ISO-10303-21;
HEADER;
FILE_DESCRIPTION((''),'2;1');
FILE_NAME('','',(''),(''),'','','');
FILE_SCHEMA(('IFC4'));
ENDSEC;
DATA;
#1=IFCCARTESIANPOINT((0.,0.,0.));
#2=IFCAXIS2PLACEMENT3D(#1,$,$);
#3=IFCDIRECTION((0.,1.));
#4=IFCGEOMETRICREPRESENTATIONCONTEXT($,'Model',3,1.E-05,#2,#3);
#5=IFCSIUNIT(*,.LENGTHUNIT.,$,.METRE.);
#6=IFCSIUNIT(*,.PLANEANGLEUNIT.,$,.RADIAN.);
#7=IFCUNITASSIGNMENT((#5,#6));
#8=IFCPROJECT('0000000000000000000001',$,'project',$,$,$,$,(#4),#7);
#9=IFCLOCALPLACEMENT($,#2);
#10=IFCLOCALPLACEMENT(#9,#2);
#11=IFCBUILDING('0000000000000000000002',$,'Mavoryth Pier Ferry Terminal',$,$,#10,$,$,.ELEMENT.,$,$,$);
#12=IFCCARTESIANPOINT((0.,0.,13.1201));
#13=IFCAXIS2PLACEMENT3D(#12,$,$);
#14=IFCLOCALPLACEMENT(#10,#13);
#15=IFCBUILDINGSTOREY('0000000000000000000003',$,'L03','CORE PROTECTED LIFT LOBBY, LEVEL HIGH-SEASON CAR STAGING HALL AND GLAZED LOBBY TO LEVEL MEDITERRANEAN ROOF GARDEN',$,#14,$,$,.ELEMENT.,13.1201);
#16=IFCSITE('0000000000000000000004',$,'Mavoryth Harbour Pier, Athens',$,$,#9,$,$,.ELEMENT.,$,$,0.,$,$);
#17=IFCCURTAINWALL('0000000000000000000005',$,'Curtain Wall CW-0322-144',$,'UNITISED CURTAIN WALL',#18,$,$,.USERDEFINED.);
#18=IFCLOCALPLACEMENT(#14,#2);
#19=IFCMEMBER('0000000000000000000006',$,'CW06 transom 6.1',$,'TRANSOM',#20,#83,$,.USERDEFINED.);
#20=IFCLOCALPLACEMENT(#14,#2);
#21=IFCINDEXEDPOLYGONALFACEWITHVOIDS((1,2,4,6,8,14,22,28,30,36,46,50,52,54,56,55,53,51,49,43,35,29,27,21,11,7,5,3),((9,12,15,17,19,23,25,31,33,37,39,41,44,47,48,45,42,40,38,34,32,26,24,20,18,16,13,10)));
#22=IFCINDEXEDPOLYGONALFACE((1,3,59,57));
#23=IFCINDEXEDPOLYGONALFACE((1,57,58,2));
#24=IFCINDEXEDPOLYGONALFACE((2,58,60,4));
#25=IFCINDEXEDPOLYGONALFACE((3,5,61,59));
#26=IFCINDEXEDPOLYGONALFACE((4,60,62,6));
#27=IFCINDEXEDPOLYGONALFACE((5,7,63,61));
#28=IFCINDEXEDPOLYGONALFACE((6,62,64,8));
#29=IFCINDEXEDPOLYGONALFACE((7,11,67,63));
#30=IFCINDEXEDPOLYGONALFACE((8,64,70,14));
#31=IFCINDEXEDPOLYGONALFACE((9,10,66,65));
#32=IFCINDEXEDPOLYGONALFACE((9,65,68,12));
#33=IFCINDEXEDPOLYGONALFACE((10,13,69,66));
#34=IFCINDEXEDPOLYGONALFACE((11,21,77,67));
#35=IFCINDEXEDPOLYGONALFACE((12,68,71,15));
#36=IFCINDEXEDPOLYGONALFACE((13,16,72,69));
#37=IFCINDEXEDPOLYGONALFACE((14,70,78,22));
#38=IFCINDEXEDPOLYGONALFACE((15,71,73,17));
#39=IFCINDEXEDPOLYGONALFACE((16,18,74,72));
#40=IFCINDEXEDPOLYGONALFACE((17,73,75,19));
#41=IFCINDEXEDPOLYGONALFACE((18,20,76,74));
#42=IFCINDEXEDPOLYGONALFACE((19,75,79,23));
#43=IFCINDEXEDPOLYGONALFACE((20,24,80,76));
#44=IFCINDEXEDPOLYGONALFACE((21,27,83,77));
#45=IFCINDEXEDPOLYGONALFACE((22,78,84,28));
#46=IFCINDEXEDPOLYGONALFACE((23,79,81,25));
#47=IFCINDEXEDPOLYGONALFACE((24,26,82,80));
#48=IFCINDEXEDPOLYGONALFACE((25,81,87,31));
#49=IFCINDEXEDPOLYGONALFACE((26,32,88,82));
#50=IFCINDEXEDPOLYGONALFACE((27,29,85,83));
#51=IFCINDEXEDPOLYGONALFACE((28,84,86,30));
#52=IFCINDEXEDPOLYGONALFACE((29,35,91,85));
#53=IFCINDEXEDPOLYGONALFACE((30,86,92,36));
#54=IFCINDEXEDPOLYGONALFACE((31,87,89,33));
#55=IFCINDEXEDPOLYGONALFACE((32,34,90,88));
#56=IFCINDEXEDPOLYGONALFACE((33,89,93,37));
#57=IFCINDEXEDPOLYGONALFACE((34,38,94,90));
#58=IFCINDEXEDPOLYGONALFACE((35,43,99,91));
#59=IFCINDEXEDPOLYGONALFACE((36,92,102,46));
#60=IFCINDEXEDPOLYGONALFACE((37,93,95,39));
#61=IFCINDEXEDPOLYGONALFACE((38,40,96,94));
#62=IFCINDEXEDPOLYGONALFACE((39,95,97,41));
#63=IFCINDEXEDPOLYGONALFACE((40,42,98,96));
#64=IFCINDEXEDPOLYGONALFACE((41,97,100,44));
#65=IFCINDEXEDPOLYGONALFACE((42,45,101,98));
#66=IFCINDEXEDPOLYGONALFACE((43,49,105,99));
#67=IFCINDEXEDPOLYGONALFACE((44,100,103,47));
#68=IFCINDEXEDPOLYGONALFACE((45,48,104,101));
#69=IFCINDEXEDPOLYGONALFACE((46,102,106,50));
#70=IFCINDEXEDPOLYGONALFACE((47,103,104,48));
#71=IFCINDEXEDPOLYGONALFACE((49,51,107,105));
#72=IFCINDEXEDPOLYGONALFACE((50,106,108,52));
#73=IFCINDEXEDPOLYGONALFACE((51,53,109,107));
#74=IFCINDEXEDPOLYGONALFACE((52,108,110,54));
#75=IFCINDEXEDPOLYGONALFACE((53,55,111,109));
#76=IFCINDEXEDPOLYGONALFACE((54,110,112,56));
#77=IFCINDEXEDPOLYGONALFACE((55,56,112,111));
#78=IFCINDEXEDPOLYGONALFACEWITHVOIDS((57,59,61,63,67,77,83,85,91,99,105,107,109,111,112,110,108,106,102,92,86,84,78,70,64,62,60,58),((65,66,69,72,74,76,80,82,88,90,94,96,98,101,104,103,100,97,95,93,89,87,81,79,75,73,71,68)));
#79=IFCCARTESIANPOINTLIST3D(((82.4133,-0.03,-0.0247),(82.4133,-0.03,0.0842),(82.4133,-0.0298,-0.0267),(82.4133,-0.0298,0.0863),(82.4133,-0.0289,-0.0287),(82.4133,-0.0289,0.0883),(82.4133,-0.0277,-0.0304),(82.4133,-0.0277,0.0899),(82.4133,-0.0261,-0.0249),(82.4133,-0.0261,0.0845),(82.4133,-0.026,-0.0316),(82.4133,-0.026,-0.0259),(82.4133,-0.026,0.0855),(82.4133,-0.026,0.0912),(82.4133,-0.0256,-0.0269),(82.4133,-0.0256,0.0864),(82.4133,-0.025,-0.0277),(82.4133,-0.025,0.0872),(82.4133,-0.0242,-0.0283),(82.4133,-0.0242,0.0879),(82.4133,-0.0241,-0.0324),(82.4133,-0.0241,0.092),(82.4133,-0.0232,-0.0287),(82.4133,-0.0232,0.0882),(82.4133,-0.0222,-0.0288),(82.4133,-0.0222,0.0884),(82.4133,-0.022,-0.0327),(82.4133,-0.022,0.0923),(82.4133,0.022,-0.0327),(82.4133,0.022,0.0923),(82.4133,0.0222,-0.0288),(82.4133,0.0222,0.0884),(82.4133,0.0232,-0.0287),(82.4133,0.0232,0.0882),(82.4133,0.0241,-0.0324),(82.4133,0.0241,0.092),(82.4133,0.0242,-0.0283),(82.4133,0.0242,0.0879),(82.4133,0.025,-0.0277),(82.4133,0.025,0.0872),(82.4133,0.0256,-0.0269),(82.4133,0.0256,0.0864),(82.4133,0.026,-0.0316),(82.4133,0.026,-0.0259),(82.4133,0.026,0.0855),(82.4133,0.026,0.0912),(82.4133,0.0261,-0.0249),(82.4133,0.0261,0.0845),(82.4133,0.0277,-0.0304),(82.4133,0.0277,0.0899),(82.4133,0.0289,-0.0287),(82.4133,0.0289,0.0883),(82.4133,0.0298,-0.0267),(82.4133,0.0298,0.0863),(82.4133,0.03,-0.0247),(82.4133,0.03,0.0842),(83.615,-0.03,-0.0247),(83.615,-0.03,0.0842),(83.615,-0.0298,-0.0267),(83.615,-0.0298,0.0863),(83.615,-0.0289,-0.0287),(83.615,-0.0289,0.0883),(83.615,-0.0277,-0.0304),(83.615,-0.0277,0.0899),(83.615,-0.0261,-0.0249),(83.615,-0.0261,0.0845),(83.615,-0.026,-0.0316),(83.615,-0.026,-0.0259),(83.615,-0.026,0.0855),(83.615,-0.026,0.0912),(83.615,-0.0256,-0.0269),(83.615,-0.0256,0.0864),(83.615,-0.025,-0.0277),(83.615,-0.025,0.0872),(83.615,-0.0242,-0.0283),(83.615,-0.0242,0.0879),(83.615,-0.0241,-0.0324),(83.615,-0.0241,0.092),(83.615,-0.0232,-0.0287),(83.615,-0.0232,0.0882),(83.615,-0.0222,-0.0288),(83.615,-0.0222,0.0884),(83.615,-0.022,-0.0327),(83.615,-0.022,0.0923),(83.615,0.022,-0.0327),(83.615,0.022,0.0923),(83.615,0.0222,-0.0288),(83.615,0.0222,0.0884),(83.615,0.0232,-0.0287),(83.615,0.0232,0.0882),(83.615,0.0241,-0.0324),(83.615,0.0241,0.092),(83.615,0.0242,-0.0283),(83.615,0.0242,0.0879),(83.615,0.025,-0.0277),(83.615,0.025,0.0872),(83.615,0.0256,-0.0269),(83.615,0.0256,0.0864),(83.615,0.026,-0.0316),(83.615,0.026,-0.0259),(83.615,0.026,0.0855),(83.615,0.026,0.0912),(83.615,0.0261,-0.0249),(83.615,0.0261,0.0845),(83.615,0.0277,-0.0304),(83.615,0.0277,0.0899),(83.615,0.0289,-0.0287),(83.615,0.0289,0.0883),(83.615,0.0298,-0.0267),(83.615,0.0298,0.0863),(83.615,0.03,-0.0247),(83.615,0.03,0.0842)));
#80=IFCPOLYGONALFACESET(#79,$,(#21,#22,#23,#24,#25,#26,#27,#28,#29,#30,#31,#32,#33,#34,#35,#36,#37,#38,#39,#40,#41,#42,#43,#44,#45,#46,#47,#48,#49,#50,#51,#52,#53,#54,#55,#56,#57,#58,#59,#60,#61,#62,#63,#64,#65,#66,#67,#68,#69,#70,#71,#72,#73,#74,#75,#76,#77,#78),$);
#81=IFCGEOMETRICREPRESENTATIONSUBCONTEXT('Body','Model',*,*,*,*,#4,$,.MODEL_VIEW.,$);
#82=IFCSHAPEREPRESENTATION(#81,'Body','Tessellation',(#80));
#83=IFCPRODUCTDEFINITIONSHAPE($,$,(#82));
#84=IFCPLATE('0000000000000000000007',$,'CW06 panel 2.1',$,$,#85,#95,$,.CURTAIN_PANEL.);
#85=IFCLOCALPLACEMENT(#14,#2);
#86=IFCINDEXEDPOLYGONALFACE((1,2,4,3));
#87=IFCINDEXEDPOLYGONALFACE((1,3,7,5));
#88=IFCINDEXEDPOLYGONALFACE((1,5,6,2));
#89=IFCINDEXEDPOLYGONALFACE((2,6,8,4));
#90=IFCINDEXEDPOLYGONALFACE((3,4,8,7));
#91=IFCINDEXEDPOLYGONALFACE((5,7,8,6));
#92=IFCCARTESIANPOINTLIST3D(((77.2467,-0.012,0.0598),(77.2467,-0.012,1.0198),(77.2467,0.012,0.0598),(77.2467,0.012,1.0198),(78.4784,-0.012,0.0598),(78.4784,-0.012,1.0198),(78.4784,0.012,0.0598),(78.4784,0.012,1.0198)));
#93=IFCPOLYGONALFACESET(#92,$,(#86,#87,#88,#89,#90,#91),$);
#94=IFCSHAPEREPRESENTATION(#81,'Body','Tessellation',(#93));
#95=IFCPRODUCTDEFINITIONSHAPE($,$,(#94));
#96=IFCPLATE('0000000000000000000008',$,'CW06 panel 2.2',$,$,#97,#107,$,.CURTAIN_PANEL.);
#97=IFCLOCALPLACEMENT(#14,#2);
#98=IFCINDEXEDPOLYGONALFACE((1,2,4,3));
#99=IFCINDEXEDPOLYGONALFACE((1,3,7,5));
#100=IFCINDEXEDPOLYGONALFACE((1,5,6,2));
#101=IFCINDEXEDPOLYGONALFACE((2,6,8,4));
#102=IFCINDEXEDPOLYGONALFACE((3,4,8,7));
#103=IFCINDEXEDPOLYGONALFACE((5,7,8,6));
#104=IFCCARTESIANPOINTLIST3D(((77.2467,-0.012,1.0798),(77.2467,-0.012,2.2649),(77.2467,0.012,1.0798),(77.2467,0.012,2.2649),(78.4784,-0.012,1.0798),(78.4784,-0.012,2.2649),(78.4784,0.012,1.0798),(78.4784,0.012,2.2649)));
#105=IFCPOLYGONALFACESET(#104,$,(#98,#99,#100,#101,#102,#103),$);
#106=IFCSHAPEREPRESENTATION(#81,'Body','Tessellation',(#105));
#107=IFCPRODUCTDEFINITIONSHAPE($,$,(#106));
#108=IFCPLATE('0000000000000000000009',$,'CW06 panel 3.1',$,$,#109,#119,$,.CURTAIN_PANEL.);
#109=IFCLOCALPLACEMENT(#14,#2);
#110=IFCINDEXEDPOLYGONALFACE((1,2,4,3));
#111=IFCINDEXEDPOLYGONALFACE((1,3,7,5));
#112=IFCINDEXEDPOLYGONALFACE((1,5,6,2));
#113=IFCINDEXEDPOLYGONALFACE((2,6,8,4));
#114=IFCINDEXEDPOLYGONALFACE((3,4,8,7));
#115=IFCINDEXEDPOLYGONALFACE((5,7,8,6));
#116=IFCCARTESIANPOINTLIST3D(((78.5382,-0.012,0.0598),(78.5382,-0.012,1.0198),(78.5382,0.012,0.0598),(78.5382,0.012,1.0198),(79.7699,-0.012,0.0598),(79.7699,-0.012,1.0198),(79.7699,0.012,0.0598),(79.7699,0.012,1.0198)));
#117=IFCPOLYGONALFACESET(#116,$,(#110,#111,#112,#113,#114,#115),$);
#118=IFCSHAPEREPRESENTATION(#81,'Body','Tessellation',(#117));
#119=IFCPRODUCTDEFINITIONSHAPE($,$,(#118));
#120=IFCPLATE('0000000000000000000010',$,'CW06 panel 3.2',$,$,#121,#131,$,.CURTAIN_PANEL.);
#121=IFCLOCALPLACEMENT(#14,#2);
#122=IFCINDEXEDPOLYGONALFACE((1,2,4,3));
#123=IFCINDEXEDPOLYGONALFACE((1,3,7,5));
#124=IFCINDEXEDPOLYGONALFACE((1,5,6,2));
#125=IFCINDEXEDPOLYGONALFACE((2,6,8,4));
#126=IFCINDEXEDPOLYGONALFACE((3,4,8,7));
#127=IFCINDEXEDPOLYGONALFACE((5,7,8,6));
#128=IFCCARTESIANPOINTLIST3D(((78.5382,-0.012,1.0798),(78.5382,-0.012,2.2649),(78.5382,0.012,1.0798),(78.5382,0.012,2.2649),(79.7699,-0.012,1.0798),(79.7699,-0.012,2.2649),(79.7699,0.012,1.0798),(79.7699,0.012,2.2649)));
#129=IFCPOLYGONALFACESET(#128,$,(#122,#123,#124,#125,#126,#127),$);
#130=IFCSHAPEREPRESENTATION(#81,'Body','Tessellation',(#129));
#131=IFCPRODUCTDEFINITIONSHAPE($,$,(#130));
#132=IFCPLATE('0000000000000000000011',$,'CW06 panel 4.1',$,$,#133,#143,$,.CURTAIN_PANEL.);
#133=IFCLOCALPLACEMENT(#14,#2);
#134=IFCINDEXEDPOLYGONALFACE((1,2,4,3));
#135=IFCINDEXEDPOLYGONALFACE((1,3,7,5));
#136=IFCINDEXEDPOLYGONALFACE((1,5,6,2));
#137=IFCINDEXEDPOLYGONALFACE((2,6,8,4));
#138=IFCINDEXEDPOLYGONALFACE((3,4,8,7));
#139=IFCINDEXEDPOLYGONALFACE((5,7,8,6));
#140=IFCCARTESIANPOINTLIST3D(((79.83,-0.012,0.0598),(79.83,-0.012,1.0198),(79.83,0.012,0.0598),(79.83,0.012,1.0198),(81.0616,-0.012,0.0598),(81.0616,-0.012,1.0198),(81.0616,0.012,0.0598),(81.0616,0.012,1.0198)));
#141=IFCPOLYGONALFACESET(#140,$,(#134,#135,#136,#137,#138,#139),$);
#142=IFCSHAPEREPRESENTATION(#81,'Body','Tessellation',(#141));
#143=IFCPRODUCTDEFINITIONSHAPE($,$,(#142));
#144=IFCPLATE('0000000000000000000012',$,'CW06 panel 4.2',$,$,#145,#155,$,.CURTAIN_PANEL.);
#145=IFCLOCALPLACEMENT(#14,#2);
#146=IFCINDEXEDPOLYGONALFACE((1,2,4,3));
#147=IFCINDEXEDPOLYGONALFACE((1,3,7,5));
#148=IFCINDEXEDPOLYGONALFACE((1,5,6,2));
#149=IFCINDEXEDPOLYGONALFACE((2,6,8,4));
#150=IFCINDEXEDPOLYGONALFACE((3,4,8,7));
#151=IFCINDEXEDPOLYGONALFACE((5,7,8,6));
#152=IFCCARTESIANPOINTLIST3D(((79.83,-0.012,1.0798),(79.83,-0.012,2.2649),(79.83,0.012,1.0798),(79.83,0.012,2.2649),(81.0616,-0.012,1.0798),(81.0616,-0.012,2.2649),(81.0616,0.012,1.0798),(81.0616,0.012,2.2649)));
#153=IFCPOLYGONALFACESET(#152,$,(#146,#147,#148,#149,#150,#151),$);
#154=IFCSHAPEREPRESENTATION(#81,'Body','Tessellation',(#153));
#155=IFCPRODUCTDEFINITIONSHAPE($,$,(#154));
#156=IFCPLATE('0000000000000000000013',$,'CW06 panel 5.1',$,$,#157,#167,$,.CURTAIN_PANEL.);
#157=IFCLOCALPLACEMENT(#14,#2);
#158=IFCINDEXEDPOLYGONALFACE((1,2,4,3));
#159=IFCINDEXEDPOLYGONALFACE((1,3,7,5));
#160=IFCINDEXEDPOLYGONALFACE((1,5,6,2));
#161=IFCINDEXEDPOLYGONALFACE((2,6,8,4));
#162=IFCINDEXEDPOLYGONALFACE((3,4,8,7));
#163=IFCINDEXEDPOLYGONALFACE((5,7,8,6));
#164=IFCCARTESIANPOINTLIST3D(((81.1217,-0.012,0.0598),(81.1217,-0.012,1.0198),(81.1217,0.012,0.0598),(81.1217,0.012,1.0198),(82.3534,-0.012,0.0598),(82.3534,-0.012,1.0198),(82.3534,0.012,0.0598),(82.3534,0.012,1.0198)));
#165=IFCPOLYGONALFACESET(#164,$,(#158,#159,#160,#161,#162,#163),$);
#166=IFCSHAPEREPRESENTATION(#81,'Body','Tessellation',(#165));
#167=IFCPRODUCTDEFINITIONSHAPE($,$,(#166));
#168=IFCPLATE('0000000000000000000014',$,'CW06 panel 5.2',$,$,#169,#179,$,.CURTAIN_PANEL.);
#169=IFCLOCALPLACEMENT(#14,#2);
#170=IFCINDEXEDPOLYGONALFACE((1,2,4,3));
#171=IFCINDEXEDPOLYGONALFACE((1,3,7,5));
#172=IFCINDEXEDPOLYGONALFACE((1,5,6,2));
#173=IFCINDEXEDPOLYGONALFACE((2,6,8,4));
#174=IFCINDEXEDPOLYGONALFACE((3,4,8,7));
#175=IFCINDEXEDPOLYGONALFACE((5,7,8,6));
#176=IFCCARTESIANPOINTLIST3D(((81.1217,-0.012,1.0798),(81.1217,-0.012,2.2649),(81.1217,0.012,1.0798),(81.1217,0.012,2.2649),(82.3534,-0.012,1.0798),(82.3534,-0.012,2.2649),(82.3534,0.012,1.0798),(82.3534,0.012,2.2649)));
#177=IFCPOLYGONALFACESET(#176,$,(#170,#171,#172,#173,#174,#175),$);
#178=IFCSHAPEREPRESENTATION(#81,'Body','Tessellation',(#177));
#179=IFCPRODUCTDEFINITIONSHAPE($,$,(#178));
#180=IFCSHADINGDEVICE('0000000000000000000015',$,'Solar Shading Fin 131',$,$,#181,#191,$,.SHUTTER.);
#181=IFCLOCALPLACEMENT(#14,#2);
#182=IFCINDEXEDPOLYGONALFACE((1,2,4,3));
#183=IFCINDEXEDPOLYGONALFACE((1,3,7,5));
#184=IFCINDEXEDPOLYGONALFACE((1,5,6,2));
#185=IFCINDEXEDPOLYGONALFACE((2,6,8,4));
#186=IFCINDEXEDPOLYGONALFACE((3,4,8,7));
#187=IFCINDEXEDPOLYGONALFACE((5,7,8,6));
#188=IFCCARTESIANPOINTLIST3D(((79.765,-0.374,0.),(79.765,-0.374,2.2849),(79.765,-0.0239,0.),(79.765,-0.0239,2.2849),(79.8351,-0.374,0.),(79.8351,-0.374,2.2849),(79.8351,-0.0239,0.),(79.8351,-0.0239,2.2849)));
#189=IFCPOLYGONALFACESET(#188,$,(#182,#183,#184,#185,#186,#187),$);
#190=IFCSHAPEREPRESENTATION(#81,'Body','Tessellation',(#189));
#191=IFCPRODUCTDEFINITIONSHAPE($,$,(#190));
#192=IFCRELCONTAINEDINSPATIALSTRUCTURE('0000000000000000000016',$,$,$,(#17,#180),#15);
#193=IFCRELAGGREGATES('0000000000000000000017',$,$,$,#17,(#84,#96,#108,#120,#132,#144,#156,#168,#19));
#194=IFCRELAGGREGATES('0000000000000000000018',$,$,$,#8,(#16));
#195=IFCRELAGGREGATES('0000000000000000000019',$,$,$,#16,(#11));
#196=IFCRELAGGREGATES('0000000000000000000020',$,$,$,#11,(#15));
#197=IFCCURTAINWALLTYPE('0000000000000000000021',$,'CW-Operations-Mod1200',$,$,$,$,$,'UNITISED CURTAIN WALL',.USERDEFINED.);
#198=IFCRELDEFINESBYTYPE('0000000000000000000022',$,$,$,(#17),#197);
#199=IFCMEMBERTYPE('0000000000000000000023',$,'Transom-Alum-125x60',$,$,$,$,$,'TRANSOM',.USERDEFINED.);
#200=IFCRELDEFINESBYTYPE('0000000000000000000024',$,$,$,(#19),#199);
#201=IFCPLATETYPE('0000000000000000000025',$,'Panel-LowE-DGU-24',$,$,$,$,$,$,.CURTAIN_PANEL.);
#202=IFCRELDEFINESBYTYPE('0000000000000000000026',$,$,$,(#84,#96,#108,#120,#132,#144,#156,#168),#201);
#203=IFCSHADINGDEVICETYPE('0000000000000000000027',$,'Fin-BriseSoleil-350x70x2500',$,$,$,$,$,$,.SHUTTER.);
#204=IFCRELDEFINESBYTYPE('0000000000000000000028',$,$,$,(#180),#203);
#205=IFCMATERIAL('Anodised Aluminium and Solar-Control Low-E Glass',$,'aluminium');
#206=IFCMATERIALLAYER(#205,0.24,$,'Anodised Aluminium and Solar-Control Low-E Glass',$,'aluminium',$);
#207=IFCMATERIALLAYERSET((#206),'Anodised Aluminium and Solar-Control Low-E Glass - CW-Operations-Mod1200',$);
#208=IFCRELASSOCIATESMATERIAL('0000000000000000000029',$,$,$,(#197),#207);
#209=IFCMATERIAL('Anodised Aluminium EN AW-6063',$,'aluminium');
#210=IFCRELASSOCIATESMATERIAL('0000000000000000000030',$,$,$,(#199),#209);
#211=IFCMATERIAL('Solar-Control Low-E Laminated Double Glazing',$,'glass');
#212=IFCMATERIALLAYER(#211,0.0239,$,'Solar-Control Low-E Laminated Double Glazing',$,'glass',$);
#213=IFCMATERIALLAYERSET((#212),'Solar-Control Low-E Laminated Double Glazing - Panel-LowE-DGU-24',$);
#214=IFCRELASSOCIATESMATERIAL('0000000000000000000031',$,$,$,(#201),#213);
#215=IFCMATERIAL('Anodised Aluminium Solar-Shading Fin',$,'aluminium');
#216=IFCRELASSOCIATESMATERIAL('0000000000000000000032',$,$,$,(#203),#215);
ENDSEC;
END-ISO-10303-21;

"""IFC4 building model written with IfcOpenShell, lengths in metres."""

from ifc_helpers import new_model, si_unit, direction, frame, origin, origin_2d, place, context, subcontext, project, spatial, rectangle, hollow_rectangle, extrude, material, layer, layer_set, material_profile, profile_set, type_object, element, aggregate, save


model = new_model("IFC4")

# Units and contexts
model_context = context("Model", 3, precision=1e-05, world=origin(), true_north=direction((0.0, 1.0)))
body_context = subcontext(model_context, "Body", "Model", "MODEL_VIEW")
ifc_project = project(units=[si_unit("LENGTHUNIT", "METRE"), si_unit("PLANEANGLEUNIT", "RADIAN")], contexts=[model_context])

# Site, building, storey
site_placement = place(None, origin())
site = spatial("IfcSite", under=ifc_project, at=site_placement, Name="Mavoryth Harbour Pier, Athens", CompositionType="ELEMENT", RefElevation=0.0)
building_placement = place(site_placement, origin())
building = spatial("IfcBuilding", under=site, at=building_placement, Name="Mavoryth Pier Ferry Terminal", CompositionType="ELEMENT")
storey_placement = place(building_placement, frame((0.0, 0.0, 13.1201)))
storey = spatial("IfcBuildingStorey", under=building, at=storey_placement, Name="L03", Description="CORE PROTECTED LIFT LOBBY, LEVEL HIGH-SEASON CAR STAGING HALL AND GLAZED LOBBY TO LEVEL MEDITERRANEAN ROOF GARDEN", CompositionType="ELEMENT", Elevation=13.1201)

# Curtain wall, member, plates
ifc_material_1 = material(Name="Anodised Aluminium and Solar-Control Low-E Glass", Category="aluminium")
ifc_layer_1 = layer(ifc_material_1, 0.24, Name="Anodised Aluminium and Solar-Control Low-E Glass", Category="aluminium")
ifc_layer_set_1 = layer_set([ifc_layer_1], Name="Anodised Aluminium and Solar-Control Low-E Glass - CW-Operations-Mod1200")
curtain_wall_type = type_object("IfcCurtainWallType", Name="CW-Operations-Mod1200", ElementType="UNITISED CURTAIN WALL", PredefinedType="USERDEFINED", material=ifc_layer_set_1)
curtain_wall_placement = place(storey_placement, origin())
curtain_wall = element("IfcCurtainWall", 1, at=curtain_wall_placement, inside=storey, type_object=curtain_wall_type, Name="Curtain Wall CW-0322-144", ObjectType="UNITISED CURTAIN WALL", PredefinedType="USERDEFINED")
ifc_material_2 = material(Name="Anodised Aluminium EN AW-6063", Category="aluminium")
ifc_material_profile_1 = material_profile(ifc_material_2, hollow_rectangle(XDim=0.0601, YDim=0.125, WallThickness=0.0039, InnerFilletRadius=0.0039, OuterFilletRadius=0.0081, at=origin_2d()), Name="AL-TRAN 125x60x4", Category="aluminium")
ifc_profile_set_1 = profile_set([ifc_material_profile_1], Name="Anodised Aluminium EN AW-6063 - AL-TRAN 125x60x4")
member_type_1 = type_object("IfcMemberType", Name="Transom-Alum-125x60", ElementType="TRANSOM", PredefinedType="USERDEFINED", material=ifc_profile_set_1)
member_1_placement = place(storey_placement, frame((82.4133, 0.0, 0.0298), z_axis=(1.0, 0.0, 0.0), x_axis=(0.0, 1.0, 0.0)))
member_1 = element("IfcMember", 2, at=member_1_placement, type_object=member_type_1, Name="CW06 transom 6.1", ObjectType="TRANSOM", PredefinedType="USERDEFINED", context=body_context, shape_type="SweptSolid", body=[
    extrude(hollow_rectangle(XDim=0.0601, YDim=0.125, WallThickness=0.0039, InnerFilletRadius=0.0039, OuterFilletRadius=0.0081, at=origin_2d()), origin(), (0.0, 0.0, 1.0), 1.2017),
])
ifc_material_3 = material(Name="Solar-Control Low-E Laminated Double Glazing", Category="glass")
ifc_layer_2 = layer(ifc_material_3, 0.0239, Name="Solar-Control Low-E Laminated Double Glazing", Category="glass")
ifc_layer_set_2 = layer_set([ifc_layer_2], Name="Solar-Control Low-E Laminated Double Glazing - Panel-LowE-DGU-24")
plate_type = type_object("IfcPlateType", Name="Panel-LowE-DGU-24", PredefinedType="CURTAIN_PANEL", material=ifc_layer_set_2)
plate_1_placement = place(storey_placement, frame((77.8625, 0.0, 0.0598), z_axis=(0.0, 0.0, 1.0), x_axis=(1.0, 0.0, 0.0)))
plate_1 = element("IfcPlate", 3, at=plate_1_placement, type_object=plate_type, Name="CW06 panel 2.1", PredefinedType="CURTAIN_PANEL", context=body_context, shape_type="SweptSolid", body=[
    extrude(rectangle(XDim=1.2317, YDim=0.0239, at=origin_2d()), origin(), (0.0, 0.0, 1.0), 0.96),
])
plate_2_placement = place(storey_placement, frame((77.8625, 0.0, 1.0798), z_axis=(0.0, 0.0, 1.0), x_axis=(1.0, 0.0, 0.0)))
plate_2 = element("IfcPlate", 4, at=plate_2_placement, type_object=plate_type, Name="CW06 panel 2.2", PredefinedType="CURTAIN_PANEL", context=body_context, shape_type="SweptSolid", body=[
    extrude(rectangle(XDim=1.2317, YDim=0.0239, at=origin_2d()), origin(), (0.0, 0.0, 1.0), 1.1851),
])
plate_3_placement = place(storey_placement, frame((79.1541, 0.0, 0.0598), z_axis=(0.0, 0.0, 1.0), x_axis=(1.0, 0.0, 0.0)))
plate_3 = element("IfcPlate", 5, at=plate_3_placement, type_object=plate_type, Name="CW06 panel 3.1", PredefinedType="CURTAIN_PANEL", context=body_context, shape_type="SweptSolid", body=[
    extrude(rectangle(XDim=1.2317, YDim=0.0239, at=origin_2d()), origin(), (0.0, 0.0, 1.0), 0.96),
])
plate_4_placement = place(storey_placement, frame((79.1541, 0.0, 1.0798), z_axis=(0.0, 0.0, 1.0), x_axis=(1.0, 0.0, 0.0)))
plate_4 = element("IfcPlate", 6, at=plate_4_placement, type_object=plate_type, Name="CW06 panel 3.2", PredefinedType="CURTAIN_PANEL", context=body_context, shape_type="SweptSolid", body=[
    extrude(rectangle(XDim=1.2317, YDim=0.0239, at=origin_2d()), origin(), (0.0, 0.0, 1.0), 1.1851),
])
plate_5_placement = place(storey_placement, frame((80.4458, 0.0, 0.0598), z_axis=(0.0, 0.0, 1.0), x_axis=(1.0, 0.0, 0.0)))
plate_5 = element("IfcPlate", 7, at=plate_5_placement, type_object=plate_type, Name="CW06 panel 4.1", PredefinedType="CURTAIN_PANEL", context=body_context, shape_type="SweptSolid", body=[
    extrude(rectangle(XDim=1.2317, YDim=0.0239, at=origin_2d()), origin(), (0.0, 0.0, 1.0), 0.96),
])
plate_6_placement = place(storey_placement, frame((80.4458, 0.0, 1.0798), z_axis=(0.0, 0.0, 1.0), x_axis=(1.0, 0.0, 0.0)))
plate_6 = element("IfcPlate", 8, at=plate_6_placement, type_object=plate_type, Name="CW06 panel 4.2", PredefinedType="CURTAIN_PANEL", context=body_context, shape_type="SweptSolid", body=[
    extrude(rectangle(XDim=1.2317, YDim=0.0239, at=origin_2d()), origin(), (0.0, 0.0, 1.0), 1.1851),
])
plate_7_placement = place(storey_placement, frame((81.7375, 0.0, 0.0598), z_axis=(0.0, 0.0, 1.0), x_axis=(1.0, 0.0, 0.0)))
plate_7 = element("IfcPlate", 9, at=plate_7_placement, type_object=plate_type, Name="CW06 panel 5.1", PredefinedType="CURTAIN_PANEL", context=body_context, shape_type="SweptSolid", body=[
    extrude(rectangle(XDim=1.2317, YDim=0.0239, at=origin_2d()), origin(), (0.0, 0.0, 1.0), 0.96),
])
plate_8_placement = place(storey_placement, frame((81.7375, 0.0, 1.0798), z_axis=(0.0, 0.0, 1.0), x_axis=(1.0, 0.0, 0.0)))
plate_8 = element("IfcPlate", 10, at=plate_8_placement, type_object=plate_type, Name="CW06 panel 5.2", PredefinedType="CURTAIN_PANEL", context=body_context, shape_type="SweptSolid", body=[
    extrude(rectangle(XDim=1.2317, YDim=0.0239, at=origin_2d()), origin(), (0.0, 0.0, 1.0), 1.1851),
])
aggregate(curtain_wall, [plate_1, plate_2, plate_3, plate_4, plate_5, plate_6, plate_7, plate_8, member_1])

# Shading device
ifc_material_4 = material(Name="Anodised Aluminium Solar-Shading Fin", Category="aluminium")
shading_device_type = type_object("IfcShadingDeviceType", Name="Fin-BriseSoleil-350x70x2500", PredefinedType="SHUTTER", material=ifc_material_4)
for number, where, z_axis, x_axis, name in (
    (11, (79.8, -0.199, 0.0), (0.0, 0.0, 1.0), (1.0, 0.0, 0.0), "Solar Shading Fin 131"),
):
    element("IfcShadingDevice", number, at=place(storey_placement, frame(where, z_axis=z_axis, x_axis=x_axis)), inside=storey, type_object=shading_device_type, Name=name, PredefinedType="SHUTTER", context=body_context, shape_type="SweptSolid", body=[
        extrude(rectangle(XDim=0.0701, YDim=0.3501, at=origin_2d()), origin(), (0.0, 0.0, 1.0), 2.2849),
    ])

save(model, "model.ifc")
